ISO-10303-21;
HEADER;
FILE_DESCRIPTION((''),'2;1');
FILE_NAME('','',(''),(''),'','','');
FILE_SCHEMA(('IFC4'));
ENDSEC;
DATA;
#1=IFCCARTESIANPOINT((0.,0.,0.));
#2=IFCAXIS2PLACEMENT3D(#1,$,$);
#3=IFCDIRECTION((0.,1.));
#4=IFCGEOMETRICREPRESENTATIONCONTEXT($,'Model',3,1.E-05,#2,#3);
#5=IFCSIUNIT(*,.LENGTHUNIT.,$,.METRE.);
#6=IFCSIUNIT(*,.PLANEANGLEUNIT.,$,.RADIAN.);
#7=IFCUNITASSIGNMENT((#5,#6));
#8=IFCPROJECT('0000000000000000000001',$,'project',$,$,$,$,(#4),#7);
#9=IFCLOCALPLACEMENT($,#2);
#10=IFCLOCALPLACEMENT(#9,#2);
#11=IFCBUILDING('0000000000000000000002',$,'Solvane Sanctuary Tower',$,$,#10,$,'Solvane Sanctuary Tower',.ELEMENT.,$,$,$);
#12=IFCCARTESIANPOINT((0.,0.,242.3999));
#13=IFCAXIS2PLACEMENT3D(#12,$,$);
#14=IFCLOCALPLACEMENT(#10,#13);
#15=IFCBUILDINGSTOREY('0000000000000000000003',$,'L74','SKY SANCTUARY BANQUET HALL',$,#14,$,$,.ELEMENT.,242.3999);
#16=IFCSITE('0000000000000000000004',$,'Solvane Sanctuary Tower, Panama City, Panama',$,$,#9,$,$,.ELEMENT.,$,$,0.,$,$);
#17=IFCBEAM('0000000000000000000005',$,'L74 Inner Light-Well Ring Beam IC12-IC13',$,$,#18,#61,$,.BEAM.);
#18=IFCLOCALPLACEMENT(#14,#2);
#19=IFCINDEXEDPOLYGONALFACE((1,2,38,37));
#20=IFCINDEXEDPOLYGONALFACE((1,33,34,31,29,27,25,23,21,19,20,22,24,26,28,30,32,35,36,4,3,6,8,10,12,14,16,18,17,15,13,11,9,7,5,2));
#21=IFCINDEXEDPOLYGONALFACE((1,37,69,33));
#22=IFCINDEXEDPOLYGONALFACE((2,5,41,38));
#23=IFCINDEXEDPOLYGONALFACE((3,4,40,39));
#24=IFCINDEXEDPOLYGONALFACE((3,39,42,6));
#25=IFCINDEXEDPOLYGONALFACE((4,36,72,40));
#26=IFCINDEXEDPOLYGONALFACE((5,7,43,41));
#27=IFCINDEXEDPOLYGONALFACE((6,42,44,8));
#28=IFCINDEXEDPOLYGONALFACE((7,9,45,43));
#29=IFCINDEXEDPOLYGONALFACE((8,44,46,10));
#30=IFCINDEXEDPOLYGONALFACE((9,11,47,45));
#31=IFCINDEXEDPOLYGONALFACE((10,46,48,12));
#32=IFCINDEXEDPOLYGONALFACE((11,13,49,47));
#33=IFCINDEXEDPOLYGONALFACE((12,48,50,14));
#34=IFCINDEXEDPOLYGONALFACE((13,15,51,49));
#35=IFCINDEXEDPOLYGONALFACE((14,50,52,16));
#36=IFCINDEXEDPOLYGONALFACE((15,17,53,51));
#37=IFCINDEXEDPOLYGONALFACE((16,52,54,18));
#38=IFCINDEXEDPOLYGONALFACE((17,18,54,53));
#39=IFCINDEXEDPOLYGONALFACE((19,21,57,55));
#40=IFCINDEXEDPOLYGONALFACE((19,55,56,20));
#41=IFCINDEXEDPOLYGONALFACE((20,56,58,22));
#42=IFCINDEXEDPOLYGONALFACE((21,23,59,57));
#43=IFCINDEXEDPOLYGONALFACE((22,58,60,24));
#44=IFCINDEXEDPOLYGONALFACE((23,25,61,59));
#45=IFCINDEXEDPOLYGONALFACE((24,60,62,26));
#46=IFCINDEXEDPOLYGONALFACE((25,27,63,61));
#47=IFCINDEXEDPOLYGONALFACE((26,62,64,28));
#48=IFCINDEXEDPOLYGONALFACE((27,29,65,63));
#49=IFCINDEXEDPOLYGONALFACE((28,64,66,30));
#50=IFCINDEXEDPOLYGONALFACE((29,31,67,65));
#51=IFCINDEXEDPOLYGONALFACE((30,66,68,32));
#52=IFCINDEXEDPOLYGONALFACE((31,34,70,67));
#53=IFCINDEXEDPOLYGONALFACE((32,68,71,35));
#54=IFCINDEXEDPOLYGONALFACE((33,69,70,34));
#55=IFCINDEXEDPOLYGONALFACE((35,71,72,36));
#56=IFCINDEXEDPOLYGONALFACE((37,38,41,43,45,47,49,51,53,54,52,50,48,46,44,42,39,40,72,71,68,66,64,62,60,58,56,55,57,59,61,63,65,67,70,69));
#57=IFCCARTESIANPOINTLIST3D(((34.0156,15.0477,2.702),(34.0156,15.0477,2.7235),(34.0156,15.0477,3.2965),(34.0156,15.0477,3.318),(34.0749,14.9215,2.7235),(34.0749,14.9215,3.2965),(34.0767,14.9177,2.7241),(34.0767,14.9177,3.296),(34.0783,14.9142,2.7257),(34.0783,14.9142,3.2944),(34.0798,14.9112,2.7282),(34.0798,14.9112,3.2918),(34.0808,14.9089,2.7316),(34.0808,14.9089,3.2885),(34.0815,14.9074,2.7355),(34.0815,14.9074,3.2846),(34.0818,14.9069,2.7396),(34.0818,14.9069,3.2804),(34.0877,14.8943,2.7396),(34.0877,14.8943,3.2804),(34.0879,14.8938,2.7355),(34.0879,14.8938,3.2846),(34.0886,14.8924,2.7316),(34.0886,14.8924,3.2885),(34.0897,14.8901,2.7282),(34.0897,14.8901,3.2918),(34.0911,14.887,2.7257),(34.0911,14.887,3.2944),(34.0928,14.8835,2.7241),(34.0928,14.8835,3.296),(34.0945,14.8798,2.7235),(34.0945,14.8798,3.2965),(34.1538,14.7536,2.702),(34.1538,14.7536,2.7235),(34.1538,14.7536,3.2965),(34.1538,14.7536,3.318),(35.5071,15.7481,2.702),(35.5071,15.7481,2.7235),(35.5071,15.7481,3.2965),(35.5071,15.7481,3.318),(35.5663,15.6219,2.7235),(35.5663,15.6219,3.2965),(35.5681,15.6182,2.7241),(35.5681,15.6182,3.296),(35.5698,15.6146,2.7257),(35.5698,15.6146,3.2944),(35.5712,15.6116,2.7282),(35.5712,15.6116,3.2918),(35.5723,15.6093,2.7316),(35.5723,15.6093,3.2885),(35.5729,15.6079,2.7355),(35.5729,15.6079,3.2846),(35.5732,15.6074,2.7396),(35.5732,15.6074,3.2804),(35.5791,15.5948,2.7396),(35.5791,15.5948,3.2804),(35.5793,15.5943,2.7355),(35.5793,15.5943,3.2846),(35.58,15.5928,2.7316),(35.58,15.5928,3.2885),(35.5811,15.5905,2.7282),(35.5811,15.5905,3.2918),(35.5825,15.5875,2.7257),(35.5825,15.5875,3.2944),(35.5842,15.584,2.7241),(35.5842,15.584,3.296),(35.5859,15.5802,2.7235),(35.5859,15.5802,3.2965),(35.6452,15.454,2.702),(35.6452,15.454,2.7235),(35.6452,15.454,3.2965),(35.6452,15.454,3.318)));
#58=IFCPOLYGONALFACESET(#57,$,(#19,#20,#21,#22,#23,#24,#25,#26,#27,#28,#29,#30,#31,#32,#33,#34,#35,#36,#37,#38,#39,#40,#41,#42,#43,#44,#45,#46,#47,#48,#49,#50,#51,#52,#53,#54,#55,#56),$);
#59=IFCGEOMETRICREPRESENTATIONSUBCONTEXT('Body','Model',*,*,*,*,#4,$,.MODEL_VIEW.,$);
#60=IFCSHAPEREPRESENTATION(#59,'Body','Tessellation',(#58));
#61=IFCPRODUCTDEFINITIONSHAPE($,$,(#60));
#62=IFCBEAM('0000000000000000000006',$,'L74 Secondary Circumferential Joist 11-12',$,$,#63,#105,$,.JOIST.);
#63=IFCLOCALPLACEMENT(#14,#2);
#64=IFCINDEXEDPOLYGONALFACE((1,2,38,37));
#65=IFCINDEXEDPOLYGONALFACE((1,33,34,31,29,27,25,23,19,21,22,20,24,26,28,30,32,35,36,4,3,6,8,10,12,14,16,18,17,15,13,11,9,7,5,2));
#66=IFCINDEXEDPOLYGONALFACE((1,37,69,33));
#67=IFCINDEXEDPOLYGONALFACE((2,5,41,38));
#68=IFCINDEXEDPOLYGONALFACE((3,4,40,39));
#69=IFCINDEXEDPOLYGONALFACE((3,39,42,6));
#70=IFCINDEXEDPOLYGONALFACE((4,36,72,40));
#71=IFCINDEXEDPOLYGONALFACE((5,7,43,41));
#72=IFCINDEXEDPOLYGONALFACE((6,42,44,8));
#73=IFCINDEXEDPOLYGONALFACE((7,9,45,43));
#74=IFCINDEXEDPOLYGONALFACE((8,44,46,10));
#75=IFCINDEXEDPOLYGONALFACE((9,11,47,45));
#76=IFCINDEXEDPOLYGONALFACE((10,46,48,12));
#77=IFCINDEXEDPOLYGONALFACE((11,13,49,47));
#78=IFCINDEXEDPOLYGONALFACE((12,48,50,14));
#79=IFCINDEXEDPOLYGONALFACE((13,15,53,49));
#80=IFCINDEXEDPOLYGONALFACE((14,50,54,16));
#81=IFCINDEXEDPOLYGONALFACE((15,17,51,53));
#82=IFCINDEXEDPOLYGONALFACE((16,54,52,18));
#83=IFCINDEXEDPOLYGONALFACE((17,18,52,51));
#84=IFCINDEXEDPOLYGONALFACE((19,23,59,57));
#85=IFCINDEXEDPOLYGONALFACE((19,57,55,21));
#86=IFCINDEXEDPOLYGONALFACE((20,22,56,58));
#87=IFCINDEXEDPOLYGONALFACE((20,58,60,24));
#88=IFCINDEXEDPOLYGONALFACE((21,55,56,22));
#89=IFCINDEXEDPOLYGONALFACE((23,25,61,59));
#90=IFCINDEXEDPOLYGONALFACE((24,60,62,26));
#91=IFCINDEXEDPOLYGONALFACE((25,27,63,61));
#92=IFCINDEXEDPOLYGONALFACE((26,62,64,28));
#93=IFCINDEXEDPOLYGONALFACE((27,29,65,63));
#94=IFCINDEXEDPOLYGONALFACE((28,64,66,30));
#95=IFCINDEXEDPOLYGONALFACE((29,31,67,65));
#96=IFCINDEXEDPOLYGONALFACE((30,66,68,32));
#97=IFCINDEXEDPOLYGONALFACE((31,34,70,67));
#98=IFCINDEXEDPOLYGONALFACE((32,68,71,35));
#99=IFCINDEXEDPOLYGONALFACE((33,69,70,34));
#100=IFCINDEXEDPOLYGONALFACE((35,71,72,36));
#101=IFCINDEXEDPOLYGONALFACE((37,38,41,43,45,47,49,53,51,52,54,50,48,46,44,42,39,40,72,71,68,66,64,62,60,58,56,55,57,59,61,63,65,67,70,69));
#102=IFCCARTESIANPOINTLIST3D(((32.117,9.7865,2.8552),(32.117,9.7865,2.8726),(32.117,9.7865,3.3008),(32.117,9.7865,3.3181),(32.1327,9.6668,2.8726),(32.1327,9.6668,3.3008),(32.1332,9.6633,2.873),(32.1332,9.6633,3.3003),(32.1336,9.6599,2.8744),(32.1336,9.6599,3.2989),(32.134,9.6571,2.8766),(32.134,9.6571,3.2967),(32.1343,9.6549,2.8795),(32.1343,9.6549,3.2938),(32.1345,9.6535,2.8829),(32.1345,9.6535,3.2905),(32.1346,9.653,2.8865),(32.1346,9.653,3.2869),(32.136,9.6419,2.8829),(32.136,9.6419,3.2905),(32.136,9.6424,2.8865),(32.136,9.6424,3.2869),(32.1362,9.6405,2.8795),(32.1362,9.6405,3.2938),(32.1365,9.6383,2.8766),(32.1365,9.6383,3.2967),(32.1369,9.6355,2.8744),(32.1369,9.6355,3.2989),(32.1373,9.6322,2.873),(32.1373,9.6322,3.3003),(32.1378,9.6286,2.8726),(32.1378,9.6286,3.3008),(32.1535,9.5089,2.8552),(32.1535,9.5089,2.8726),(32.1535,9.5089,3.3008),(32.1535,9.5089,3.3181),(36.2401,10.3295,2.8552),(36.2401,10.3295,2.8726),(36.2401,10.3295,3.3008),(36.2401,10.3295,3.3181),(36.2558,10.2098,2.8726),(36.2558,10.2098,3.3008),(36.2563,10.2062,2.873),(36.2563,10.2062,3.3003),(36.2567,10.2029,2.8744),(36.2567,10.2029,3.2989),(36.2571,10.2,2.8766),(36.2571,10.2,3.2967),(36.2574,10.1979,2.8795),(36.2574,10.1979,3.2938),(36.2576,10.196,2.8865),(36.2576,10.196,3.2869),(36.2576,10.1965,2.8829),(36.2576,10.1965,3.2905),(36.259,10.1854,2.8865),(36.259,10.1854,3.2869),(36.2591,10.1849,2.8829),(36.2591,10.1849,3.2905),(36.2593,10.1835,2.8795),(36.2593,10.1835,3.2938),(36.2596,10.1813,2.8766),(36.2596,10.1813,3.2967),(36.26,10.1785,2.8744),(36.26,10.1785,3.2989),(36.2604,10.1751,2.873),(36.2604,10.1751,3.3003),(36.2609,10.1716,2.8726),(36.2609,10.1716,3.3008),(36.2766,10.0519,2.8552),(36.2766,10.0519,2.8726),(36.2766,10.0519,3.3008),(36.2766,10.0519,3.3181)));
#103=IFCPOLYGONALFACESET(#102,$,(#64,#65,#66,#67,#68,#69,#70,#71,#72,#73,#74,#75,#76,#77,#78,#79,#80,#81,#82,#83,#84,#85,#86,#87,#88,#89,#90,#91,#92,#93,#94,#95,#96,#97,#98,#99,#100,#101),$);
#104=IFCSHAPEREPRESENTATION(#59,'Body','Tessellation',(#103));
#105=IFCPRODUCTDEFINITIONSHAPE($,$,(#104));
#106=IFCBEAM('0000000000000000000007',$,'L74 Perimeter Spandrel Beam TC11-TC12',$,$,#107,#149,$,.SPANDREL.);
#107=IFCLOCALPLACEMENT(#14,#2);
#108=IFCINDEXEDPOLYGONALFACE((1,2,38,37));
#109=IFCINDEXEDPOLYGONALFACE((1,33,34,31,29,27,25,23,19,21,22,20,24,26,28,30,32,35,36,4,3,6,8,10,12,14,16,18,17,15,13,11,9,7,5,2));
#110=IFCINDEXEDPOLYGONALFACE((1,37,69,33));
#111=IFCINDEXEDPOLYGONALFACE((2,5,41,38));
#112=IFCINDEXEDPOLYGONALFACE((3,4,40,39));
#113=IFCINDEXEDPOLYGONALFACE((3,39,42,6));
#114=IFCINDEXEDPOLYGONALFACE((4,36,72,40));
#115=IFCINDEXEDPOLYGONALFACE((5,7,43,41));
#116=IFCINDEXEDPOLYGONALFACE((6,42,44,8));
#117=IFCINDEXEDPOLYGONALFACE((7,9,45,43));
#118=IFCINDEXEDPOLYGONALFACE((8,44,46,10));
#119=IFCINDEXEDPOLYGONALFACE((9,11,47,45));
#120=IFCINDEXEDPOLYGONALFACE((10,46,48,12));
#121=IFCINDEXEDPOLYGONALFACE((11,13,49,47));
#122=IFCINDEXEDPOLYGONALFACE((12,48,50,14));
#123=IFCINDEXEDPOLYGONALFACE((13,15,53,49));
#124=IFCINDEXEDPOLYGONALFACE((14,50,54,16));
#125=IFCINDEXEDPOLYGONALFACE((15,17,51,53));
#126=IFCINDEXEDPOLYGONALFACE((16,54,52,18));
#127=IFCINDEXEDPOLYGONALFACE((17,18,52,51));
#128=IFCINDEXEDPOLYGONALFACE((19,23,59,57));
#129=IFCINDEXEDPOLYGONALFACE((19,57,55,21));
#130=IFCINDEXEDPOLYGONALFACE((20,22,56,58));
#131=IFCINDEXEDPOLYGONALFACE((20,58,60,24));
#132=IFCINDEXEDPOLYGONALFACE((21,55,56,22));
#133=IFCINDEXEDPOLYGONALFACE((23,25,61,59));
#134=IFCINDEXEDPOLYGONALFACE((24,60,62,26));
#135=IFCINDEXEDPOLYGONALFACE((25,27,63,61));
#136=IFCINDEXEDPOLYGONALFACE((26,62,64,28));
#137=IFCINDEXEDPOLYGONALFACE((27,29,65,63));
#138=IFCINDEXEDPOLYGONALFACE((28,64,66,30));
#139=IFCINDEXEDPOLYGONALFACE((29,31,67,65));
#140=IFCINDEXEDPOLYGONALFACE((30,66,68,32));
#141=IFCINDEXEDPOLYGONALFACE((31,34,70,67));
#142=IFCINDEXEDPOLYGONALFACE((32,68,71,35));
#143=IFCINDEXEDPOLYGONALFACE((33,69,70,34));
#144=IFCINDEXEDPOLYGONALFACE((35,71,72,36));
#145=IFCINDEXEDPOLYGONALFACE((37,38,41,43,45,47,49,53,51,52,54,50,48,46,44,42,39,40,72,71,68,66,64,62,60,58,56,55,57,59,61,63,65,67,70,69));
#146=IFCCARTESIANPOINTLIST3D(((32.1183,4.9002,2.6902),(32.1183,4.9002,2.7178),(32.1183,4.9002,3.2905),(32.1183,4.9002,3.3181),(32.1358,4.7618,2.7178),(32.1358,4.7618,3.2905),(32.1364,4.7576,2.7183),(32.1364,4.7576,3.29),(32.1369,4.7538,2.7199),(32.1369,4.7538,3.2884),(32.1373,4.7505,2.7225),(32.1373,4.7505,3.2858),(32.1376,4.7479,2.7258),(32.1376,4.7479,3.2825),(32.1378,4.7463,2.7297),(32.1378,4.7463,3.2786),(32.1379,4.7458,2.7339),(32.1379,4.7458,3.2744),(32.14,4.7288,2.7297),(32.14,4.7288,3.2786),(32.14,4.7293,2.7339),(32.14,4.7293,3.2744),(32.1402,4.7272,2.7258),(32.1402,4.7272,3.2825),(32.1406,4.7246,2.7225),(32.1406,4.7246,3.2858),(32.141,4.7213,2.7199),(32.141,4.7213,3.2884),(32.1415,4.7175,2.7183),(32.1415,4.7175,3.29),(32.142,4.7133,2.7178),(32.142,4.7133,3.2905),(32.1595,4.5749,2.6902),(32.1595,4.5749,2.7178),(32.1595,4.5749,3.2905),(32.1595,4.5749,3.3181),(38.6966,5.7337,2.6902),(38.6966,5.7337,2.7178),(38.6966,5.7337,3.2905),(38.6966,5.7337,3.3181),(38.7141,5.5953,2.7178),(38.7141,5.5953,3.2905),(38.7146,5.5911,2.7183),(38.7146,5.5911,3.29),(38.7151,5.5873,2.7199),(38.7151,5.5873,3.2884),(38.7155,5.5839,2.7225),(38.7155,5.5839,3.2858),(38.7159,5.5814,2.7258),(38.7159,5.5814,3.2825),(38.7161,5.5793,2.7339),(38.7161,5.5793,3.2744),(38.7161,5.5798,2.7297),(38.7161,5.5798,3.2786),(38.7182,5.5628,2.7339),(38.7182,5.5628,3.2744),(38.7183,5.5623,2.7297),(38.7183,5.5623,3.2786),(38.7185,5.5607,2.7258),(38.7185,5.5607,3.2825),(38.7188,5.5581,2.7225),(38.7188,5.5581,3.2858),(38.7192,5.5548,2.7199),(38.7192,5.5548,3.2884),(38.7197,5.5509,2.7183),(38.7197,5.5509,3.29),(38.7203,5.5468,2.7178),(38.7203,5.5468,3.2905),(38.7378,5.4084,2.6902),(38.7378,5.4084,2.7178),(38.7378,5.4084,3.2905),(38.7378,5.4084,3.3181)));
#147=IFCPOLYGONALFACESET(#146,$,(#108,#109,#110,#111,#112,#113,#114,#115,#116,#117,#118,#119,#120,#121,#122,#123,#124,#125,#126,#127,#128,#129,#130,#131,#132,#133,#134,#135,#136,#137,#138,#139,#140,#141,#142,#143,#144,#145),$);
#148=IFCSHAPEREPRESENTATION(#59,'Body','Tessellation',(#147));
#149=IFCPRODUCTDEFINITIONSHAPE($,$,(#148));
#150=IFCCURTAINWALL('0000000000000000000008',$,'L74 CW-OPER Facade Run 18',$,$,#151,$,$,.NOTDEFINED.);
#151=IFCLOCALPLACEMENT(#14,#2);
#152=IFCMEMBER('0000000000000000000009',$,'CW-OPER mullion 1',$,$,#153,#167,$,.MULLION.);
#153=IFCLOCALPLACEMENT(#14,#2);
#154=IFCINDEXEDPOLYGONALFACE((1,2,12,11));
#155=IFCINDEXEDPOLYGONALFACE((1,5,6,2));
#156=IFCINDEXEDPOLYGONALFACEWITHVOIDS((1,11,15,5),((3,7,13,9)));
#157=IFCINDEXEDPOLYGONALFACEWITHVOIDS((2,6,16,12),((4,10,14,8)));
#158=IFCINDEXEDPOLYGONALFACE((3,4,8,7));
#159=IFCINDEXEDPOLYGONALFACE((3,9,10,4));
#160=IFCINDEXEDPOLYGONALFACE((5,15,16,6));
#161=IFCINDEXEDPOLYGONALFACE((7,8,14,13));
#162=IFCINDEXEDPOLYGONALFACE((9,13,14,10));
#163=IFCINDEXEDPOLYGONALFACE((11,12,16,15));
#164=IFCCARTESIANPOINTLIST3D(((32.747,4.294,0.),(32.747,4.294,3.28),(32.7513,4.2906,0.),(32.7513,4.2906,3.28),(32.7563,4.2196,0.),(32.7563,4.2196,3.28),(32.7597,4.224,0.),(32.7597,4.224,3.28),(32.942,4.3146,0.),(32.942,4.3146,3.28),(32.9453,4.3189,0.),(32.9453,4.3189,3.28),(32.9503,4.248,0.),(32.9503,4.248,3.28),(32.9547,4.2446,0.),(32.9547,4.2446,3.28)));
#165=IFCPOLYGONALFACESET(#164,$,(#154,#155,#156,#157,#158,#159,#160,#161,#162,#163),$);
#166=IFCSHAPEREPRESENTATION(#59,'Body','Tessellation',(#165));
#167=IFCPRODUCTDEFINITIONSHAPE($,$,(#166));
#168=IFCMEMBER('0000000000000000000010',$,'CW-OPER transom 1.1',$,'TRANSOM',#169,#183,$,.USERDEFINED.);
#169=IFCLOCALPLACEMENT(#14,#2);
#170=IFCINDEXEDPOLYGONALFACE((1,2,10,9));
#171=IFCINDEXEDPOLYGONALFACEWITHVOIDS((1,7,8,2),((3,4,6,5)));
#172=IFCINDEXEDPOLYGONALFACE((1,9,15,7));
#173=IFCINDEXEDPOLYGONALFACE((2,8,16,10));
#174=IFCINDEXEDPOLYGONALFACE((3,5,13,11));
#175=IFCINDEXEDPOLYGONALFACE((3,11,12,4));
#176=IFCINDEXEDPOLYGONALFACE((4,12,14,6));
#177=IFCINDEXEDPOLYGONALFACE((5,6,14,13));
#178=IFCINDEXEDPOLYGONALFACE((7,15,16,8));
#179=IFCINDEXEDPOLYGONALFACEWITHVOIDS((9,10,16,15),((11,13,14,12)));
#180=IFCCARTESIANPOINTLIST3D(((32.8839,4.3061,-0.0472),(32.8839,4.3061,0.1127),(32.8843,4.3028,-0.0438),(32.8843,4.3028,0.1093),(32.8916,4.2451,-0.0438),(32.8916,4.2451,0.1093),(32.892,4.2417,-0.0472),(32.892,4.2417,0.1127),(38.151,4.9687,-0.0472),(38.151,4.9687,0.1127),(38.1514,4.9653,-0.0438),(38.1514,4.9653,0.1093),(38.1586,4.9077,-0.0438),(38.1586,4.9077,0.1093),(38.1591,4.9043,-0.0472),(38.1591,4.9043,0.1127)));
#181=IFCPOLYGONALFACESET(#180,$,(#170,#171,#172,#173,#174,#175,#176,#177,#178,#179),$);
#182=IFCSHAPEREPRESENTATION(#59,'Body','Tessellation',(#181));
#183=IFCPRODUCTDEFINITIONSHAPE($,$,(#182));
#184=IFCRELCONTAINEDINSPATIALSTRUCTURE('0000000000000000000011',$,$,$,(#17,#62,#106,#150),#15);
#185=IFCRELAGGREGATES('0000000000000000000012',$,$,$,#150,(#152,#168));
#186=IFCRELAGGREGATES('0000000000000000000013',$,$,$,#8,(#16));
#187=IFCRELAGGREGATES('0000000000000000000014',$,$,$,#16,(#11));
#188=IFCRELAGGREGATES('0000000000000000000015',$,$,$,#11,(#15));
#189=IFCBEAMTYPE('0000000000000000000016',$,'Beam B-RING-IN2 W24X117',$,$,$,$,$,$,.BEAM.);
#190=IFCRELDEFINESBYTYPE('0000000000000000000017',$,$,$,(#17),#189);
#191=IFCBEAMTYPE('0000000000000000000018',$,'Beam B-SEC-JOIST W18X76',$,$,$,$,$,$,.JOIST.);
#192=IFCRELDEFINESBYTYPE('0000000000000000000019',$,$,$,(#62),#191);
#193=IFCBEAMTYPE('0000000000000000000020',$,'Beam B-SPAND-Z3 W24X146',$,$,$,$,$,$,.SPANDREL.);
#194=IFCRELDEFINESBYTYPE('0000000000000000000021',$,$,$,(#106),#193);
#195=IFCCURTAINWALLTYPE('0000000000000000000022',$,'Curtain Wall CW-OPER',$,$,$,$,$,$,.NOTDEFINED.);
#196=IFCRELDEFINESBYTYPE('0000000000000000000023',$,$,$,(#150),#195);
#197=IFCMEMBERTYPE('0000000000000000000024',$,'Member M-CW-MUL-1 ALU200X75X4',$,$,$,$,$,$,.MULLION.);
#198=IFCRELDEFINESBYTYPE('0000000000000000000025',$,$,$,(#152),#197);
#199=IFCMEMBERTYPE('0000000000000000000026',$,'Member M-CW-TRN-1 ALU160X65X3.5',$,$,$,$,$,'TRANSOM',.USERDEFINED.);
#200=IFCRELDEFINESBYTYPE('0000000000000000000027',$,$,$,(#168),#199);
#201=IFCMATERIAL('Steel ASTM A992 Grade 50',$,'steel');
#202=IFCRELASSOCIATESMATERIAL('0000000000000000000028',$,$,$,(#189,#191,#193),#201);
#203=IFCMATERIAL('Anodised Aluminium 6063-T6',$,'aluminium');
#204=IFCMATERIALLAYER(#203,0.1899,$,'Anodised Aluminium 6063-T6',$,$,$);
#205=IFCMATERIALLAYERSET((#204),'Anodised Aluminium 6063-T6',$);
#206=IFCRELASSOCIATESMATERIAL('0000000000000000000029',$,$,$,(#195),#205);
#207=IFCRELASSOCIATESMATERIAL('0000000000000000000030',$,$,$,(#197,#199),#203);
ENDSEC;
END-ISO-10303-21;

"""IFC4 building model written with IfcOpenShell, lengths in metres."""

from ifc_helpers import new_model, si_unit, direction, frame, origin, origin_2d, place, context, subcontext, project, spatial, hollow_rectangle, i_section, extrude, material, layer, layer_set, material_profile, profile_set, type_object, element, aggregate, save


model = new_model("IFC4")

# Units and contexts
model_context = context("Model", 3, precision=1e-05, world=origin(), true_north=direction((0.0, 1.0)))
body_context = subcontext(model_context, "Body", "Model", "MODEL_VIEW")
ifc_project = project(units=[si_unit("LENGTHUNIT", "METRE"), si_unit("PLANEANGLEUNIT", "RADIAN")], contexts=[model_context])

# Site, building, storey
site_placement = place(None, origin())
site = spatial("IfcSite", under=ifc_project, at=site_placement, Name="Solvane Sanctuary Tower, Panama City, Panama", CompositionType="ELEMENT", RefElevation=0.0)
building_placement = place(site_placement, origin())
building = spatial("IfcBuilding", under=site, at=building_placement, Name="Solvane Sanctuary Tower", LongName="Solvane Sanctuary Tower", CompositionType="ELEMENT")
storey_placement = place(building_placement, frame((0.0, 0.0, 242.3999)))
storey = spatial("IfcBuildingStorey", under=building, at=storey_placement, Name="L74", Description="SKY SANCTUARY BANQUET HALL", CompositionType="ELEMENT", Elevation=242.3999)

# Beams
ifc_material_1 = material(Name="Steel ASTM A992 Grade 50", Category="steel")
ifc_material_profile_1 = material_profile(ifc_material_1, i_section(OverallWidth=0.325, OverallDepth=0.616, WebThickness=0.0139, FlangeThickness=0.0215, FilletRadius=0.0161, at=origin_2d()), Name="W24X117")
ifc_profile_set_1 = profile_set([ifc_material_profile_1], Name="Steel ASTM A992 Grade 50")
beam_type_1 = type_object("IfcBeamType", Name="Beam B-RING-IN2 W24X117", PredefinedType="BEAM", material=ifc_profile_set_1)
beam_1_placement = place(storey_placement, frame((34.0847, 14.9006, 3.01), z_axis=(0.905151, 0.42509, 0.0), x_axis=(-0.42509, 0.905151, 0.0)))
element("IfcBeam", 1, at=beam_1_placement, inside=storey, type_object=beam_type_1, Name="L74 Inner Light-Well Ring Beam IC12-IC13", PredefinedType="BEAM", context=body_context, shape_type="SweptSolid", body=[
    extrude(i_section(OverallWidth=0.325, OverallDepth=0.616, WebThickness=0.0139, FlangeThickness=0.0215, FilletRadius=0.0161, at=origin_2d()), origin(), (0.0, 0.0, 1.0), 1.6477),
])
ifc_material_profile_2 = material_profile(ifc_material_1, i_section(OverallWidth=0.28, OverallDepth=0.4629, WebThickness=0.0107, FlangeThickness=0.0173, FilletRadius=0.0139, at=origin_2d()), Name="W18X76")
ifc_profile_set_2 = profile_set([ifc_material_profile_2], Name="Steel ASTM A992 Grade 50")
beam_type_2 = type_object("IfcBeamType", Name="Beam B-SEC-JOIST W18X76", PredefinedType="JOIST", material=ifc_profile_set_2)
beam_2_placement = place(storey_placement, frame((32.1353, 9.6477, 3.0867), z_axis=(0.99144, 0.130564, 0.0), x_axis=(-0.130564, 0.99144, 0.0)))
element("IfcBeam", 2, at=beam_2_placement, inside=storey, type_object=beam_type_2, Name="L74 Secondary Circumferential Joist 11-12", PredefinedType="JOIST", context=body_context, shape_type="SweptSolid", body=[
    extrude(i_section(OverallWidth=0.28, OverallDepth=0.4629, WebThickness=0.0107, FlangeThickness=0.0173, FilletRadius=0.0139, at=origin_2d()), origin(), (0.0, 0.0, 1.0), 4.1587),
])
ifc_material_profile_3 = material_profile(ifc_material_1, i_section(OverallWidth=0.3279, OverallDepth=0.6279, WebThickness=0.0166, FlangeThickness=0.0276, FilletRadius=0.0161, at=origin_2d()), Name="W24X146")
ifc_profile_set_3 = profile_set([ifc_material_profile_3], Name="Steel ASTM A992 Grade 50")
beam_type_3 = type_object("IfcBeamType", Name="Beam B-SPAND-Z3 W24X146", PredefinedType="SPANDREL", material=ifc_profile_set_3)
beam_3_placement = place(storey_placement, frame((32.1389, 4.7375, 3.0042), z_axis=(0.992069, 0.125698, 0.0), x_axis=(-0.125698, 0.992069, 0.0)))
element("IfcBeam", 3, at=beam_3_placement, inside=storey, type_object=beam_type_3, Name="L74 Perimeter Spandrel Beam TC11-TC12", PredefinedType="SPANDREL", context=body_context, shape_type="SweptSolid", body=[
    extrude(i_section(OverallWidth=0.3279, OverallDepth=0.6279, WebThickness=0.0166, FlangeThickness=0.0276, FilletRadius=0.0161, at=origin_2d()), origin(), (0.0, 0.0, 1.0), 6.6309),
])

# Curtain wall, members
ifc_material_2 = material(Name="Anodised Aluminium 6063-T6", Category="aluminium")
ifc_layer_1 = layer(ifc_material_2, 0.1899, Name="Anodised Aluminium 6063-T6")
ifc_layer_set_1 = layer_set([ifc_layer_1], Name="Anodised Aluminium 6063-T6")
curtain_wall_type = type_object("IfcCurtainWallType", Name="Curtain Wall CW-OPER", PredefinedType="NOTDEFINED", material=ifc_layer_set_1)
curtain_wall_placement = place(storey_placement, origin())
curtain_wall = element("IfcCurtainWall", 4, at=curtain_wall_placement, inside=storey, type_object=curtain_wall_type, Name="L74 CW-OPER Facade Run 18", PredefinedType="NOTDEFINED")
ifc_material_profile_4 = material_profile(ifc_material_2, hollow_rectangle(XDim=0.075, YDim=0.2, WallThickness=0.0039, at=origin_2d()), Name="ALU200X75X4")
ifc_profile_set_4 = profile_set([ifc_material_profile_4], Name="Anodised Aluminium 6063-T6")
member_type_1 = type_object("IfcMemberType", Name="Member M-CW-MUL-1 ALU200X75X4", PredefinedType="MULLION", material=ifc_profile_set_4)
member_1_placement = place(storey_placement, frame((32.8508, 4.2693, 0.0), z_axis=(0.0, 0.0, 1.0), x_axis=(-0.124815, 0.99218, 0.0)))
member_1 = element("IfcMember", 5, at=member_1_placement, type_object=member_type_1, Name="CW-OPER mullion 1", PredefinedType="MULLION", context=body_context, shape_type="SweptSolid", body=[
    extrude(hollow_rectangle(XDim=0.075, YDim=0.2, WallThickness=0.0039, at=origin_2d()), origin(), (0.0, 0.0, 1.0), 3.28),
])
ifc_material_profile_5 = material_profile(ifc_material_2, hollow_rectangle(XDim=0.0649, YDim=0.1599, WallThickness=0.0034, at=origin_2d()), Name="ALU160X65X3.5")
ifc_profile_set_5 = profile_set([ifc_material_profile_5], Name="Anodised Aluminium 6063-T6")
member_type_2 = type_object("IfcMemberType", Name="Member M-CW-TRN-1 ALU160X65X3.5", ElementType="TRANSOM", PredefinedType="USERDEFINED", material=ifc_profile_set_5)
member_2_placement = place(storey_placement, frame((32.8879, 4.2739, 0.0327), z_axis=(0.99218, 0.124816, 0.0), x_axis=(-0.124816, 0.99218, 0.0)))
member_2 = element("IfcMember", 6, at=member_2_placement, type_object=member_type_2, Name="CW-OPER transom 1.1", ObjectType="TRANSOM", PredefinedType="USERDEFINED", context=body_context, shape_type="SweptSolid", body=[
    extrude(hollow_rectangle(XDim=0.0649, YDim=0.1599, WallThickness=0.0034, at=origin_2d()), origin(), (0.0, 0.0, 1.0), 5.3086),
])
aggregate(curtain_wall, [member_1, member_2])

save(model, "model.ifc")
